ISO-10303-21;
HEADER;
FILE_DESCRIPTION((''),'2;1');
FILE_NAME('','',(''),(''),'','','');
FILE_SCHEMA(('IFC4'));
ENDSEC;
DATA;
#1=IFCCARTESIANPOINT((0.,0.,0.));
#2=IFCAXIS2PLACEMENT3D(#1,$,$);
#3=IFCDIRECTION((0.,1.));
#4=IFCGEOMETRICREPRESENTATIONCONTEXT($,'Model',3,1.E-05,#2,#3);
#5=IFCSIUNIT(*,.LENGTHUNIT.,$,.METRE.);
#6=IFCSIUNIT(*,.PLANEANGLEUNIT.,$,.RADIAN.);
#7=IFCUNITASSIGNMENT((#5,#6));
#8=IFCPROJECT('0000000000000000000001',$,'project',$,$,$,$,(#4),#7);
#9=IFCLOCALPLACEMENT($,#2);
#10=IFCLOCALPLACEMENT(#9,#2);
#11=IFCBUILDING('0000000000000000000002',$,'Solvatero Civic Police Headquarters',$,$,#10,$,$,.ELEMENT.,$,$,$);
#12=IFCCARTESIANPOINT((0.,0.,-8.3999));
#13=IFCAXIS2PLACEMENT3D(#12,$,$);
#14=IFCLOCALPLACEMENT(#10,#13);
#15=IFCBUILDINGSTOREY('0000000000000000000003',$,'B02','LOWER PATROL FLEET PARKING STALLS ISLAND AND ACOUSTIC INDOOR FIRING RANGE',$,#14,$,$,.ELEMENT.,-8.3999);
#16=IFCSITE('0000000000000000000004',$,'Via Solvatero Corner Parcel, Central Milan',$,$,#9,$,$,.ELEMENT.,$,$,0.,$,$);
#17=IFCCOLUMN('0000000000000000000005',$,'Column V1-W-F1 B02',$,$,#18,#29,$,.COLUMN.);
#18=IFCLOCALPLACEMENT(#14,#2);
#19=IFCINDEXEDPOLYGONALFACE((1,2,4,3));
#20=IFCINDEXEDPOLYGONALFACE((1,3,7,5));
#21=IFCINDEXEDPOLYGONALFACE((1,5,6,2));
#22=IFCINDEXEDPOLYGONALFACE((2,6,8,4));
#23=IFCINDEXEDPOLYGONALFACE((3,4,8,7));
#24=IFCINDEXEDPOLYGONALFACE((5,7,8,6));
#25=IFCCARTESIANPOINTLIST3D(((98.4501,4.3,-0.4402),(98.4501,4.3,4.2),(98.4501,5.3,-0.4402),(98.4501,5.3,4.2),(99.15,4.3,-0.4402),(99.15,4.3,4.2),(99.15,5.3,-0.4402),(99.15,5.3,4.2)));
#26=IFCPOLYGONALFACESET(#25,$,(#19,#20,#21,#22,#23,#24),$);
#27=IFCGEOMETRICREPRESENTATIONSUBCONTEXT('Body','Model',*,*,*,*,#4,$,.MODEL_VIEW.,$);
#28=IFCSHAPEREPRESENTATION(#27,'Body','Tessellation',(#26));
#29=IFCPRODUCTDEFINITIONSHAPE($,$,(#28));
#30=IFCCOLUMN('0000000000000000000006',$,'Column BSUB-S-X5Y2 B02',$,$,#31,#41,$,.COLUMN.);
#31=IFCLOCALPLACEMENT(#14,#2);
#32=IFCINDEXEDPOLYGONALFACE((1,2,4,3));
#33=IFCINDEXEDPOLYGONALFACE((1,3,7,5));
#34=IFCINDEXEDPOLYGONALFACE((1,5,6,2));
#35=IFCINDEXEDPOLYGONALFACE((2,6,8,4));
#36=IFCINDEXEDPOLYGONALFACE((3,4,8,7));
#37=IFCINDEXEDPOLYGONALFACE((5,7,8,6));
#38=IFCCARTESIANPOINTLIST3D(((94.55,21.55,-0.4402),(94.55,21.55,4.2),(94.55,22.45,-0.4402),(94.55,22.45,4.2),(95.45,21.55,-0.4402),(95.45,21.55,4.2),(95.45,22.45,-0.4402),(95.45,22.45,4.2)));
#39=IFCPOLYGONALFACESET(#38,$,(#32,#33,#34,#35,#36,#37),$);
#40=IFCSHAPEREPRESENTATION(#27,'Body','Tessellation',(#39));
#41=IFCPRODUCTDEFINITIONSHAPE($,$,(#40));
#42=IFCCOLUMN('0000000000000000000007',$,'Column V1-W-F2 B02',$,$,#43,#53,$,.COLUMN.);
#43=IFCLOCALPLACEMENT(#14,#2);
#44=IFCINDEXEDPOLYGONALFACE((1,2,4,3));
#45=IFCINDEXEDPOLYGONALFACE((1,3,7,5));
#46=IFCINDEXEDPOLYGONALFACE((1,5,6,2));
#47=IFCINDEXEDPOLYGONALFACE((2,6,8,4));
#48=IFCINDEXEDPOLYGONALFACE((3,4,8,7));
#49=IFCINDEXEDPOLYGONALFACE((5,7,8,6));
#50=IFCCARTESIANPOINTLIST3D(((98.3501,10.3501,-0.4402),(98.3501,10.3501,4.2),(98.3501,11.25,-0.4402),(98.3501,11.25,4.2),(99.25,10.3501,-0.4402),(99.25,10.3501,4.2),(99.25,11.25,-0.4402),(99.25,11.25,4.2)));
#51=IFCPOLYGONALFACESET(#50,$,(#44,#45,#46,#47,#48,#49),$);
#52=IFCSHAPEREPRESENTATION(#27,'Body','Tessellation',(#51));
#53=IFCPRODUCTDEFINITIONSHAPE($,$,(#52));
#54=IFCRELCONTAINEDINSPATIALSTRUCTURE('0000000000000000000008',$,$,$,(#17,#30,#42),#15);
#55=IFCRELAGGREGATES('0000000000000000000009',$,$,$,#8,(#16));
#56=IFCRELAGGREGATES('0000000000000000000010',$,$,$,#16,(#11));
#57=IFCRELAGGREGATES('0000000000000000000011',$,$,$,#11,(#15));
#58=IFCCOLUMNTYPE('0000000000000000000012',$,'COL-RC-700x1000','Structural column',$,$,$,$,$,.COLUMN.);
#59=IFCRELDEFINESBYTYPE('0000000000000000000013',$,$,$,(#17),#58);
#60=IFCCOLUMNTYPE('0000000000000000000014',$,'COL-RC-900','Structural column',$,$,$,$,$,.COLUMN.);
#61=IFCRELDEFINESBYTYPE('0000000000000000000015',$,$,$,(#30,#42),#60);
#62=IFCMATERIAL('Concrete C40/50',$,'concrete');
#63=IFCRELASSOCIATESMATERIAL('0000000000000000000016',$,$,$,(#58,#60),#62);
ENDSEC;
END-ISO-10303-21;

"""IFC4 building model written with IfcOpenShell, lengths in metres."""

from ifc_helpers import new_model, si_unit, direction, frame, origin, origin_2d, place, context, subcontext, project, spatial, rectangle, extrude, material, material_profile, profile_set, type_object, element, save


model = new_model("IFC4")

# Units and contexts
model_context = context("Model", 3, precision=1e-05, world=origin(), true_north=direction((0.0, 1.0)))
body_context = subcontext(model_context, "Body", "Model", "MODEL_VIEW")
ifc_project = project(units=[si_unit("LENGTHUNIT", "METRE"), si_unit("PLANEANGLEUNIT", "RADIAN")], contexts=[model_context])

# Site, building, storey
site_placement = place(None, origin())
site = spatial("IfcSite", under=ifc_project, at=site_placement, Name="Via Solvatero Corner Parcel, Central Milan", CompositionType="ELEMENT", RefElevation=0.0)
building_placement = place(site_placement, origin())
building = spatial("IfcBuilding", under=site, at=building_placement, Name="Solvatero Civic Police Headquarters", CompositionType="ELEMENT")
storey_placement = place(building_placement, frame((0.0, 0.0, -8.3999)))
storey = spatial("IfcBuildingStorey", under=building, at=storey_placement, Name="B02", Description="LOWER PATROL FLEET PARKING STALLS ISLAND AND ACOUSTIC INDOOR FIRING RANGE", CompositionType="ELEMENT", Elevation=-8.3999)

# Columns
ifc_material_1 = material(Name="Concrete C40/50", Category="concrete")
ifc_material_profile_1 = material_profile(ifc_material_1, rectangle(XDim=0.7, YDim=1.0, at=origin_2d()), Name="RC 700x1000")
ifc_profile_set_1 = profile_set([ifc_material_profile_1], Name="Concrete C40/50")
column_type_1 = type_object("IfcColumnType", Name="COL-RC-700x1000", Description="Structural column", PredefinedType="COLUMN", material=ifc_profile_set_1)
for number, where, z_axis, x_axis, name in (
    (1, (98.8, 4.8, -0.4402), (0.0, 0.0, 1.0), (1.0, 0.0, 0.0), "Column V1-W-F1 B02"),
):
    element("IfcColumn", number, at=place(storey_placement, frame(where, z_axis=z_axis, x_axis=x_axis)), inside=storey, type_object=column_type_1, Name=name, PredefinedType="COLUMN", context=body_context, shape_type="SweptSolid", body=[
        extrude(rectangle(XDim=0.7, YDim=1.0, at=origin_2d()), origin(), (0.0, 0.0, 1.0), 4.6401),
    ])
ifc_material_profile_2 = material_profile(ifc_material_1, rectangle(XDim=0.8999, YDim=0.8999, at=origin_2d()), Name="RC 900x900")
ifc_profile_set_2 = profile_set([ifc_material_profile_2], Name="Concrete C40/50")
column_type_2 = type_object("IfcColumnType", Name="COL-RC-900", Description="Structural column", PredefinedType="COLUMN", material=ifc_profile_set_2)
for number, where, z_axis, x_axis, name in (
    (2, (95.0, 22.0, -0.4402), (0.0, 0.0, 1.0), (1.0, 0.0, 0.0), "Column BSUB-S-X5Y2 B02"),
    (3, (98.8, 10.8, -0.4402), (0.0, 0.0, 1.0), (1.0, 0.0, 0.0), "Column V1-W-F2 B02"),
):
    element("IfcColumn", number, at=place(storey_placement, frame(where, z_axis=z_axis, x_axis=x_axis)), inside=storey, type_object=column_type_2, Name=name, PredefinedType="COLUMN", context=body_context, shape_type="SweptSolid", body=[
        extrude(rectangle(XDim=0.8999, YDim=0.8999, at=origin_2d()), origin(), (0.0, 0.0, 1.0), 4.6401),
    ])

save(model, "model.ifc")
